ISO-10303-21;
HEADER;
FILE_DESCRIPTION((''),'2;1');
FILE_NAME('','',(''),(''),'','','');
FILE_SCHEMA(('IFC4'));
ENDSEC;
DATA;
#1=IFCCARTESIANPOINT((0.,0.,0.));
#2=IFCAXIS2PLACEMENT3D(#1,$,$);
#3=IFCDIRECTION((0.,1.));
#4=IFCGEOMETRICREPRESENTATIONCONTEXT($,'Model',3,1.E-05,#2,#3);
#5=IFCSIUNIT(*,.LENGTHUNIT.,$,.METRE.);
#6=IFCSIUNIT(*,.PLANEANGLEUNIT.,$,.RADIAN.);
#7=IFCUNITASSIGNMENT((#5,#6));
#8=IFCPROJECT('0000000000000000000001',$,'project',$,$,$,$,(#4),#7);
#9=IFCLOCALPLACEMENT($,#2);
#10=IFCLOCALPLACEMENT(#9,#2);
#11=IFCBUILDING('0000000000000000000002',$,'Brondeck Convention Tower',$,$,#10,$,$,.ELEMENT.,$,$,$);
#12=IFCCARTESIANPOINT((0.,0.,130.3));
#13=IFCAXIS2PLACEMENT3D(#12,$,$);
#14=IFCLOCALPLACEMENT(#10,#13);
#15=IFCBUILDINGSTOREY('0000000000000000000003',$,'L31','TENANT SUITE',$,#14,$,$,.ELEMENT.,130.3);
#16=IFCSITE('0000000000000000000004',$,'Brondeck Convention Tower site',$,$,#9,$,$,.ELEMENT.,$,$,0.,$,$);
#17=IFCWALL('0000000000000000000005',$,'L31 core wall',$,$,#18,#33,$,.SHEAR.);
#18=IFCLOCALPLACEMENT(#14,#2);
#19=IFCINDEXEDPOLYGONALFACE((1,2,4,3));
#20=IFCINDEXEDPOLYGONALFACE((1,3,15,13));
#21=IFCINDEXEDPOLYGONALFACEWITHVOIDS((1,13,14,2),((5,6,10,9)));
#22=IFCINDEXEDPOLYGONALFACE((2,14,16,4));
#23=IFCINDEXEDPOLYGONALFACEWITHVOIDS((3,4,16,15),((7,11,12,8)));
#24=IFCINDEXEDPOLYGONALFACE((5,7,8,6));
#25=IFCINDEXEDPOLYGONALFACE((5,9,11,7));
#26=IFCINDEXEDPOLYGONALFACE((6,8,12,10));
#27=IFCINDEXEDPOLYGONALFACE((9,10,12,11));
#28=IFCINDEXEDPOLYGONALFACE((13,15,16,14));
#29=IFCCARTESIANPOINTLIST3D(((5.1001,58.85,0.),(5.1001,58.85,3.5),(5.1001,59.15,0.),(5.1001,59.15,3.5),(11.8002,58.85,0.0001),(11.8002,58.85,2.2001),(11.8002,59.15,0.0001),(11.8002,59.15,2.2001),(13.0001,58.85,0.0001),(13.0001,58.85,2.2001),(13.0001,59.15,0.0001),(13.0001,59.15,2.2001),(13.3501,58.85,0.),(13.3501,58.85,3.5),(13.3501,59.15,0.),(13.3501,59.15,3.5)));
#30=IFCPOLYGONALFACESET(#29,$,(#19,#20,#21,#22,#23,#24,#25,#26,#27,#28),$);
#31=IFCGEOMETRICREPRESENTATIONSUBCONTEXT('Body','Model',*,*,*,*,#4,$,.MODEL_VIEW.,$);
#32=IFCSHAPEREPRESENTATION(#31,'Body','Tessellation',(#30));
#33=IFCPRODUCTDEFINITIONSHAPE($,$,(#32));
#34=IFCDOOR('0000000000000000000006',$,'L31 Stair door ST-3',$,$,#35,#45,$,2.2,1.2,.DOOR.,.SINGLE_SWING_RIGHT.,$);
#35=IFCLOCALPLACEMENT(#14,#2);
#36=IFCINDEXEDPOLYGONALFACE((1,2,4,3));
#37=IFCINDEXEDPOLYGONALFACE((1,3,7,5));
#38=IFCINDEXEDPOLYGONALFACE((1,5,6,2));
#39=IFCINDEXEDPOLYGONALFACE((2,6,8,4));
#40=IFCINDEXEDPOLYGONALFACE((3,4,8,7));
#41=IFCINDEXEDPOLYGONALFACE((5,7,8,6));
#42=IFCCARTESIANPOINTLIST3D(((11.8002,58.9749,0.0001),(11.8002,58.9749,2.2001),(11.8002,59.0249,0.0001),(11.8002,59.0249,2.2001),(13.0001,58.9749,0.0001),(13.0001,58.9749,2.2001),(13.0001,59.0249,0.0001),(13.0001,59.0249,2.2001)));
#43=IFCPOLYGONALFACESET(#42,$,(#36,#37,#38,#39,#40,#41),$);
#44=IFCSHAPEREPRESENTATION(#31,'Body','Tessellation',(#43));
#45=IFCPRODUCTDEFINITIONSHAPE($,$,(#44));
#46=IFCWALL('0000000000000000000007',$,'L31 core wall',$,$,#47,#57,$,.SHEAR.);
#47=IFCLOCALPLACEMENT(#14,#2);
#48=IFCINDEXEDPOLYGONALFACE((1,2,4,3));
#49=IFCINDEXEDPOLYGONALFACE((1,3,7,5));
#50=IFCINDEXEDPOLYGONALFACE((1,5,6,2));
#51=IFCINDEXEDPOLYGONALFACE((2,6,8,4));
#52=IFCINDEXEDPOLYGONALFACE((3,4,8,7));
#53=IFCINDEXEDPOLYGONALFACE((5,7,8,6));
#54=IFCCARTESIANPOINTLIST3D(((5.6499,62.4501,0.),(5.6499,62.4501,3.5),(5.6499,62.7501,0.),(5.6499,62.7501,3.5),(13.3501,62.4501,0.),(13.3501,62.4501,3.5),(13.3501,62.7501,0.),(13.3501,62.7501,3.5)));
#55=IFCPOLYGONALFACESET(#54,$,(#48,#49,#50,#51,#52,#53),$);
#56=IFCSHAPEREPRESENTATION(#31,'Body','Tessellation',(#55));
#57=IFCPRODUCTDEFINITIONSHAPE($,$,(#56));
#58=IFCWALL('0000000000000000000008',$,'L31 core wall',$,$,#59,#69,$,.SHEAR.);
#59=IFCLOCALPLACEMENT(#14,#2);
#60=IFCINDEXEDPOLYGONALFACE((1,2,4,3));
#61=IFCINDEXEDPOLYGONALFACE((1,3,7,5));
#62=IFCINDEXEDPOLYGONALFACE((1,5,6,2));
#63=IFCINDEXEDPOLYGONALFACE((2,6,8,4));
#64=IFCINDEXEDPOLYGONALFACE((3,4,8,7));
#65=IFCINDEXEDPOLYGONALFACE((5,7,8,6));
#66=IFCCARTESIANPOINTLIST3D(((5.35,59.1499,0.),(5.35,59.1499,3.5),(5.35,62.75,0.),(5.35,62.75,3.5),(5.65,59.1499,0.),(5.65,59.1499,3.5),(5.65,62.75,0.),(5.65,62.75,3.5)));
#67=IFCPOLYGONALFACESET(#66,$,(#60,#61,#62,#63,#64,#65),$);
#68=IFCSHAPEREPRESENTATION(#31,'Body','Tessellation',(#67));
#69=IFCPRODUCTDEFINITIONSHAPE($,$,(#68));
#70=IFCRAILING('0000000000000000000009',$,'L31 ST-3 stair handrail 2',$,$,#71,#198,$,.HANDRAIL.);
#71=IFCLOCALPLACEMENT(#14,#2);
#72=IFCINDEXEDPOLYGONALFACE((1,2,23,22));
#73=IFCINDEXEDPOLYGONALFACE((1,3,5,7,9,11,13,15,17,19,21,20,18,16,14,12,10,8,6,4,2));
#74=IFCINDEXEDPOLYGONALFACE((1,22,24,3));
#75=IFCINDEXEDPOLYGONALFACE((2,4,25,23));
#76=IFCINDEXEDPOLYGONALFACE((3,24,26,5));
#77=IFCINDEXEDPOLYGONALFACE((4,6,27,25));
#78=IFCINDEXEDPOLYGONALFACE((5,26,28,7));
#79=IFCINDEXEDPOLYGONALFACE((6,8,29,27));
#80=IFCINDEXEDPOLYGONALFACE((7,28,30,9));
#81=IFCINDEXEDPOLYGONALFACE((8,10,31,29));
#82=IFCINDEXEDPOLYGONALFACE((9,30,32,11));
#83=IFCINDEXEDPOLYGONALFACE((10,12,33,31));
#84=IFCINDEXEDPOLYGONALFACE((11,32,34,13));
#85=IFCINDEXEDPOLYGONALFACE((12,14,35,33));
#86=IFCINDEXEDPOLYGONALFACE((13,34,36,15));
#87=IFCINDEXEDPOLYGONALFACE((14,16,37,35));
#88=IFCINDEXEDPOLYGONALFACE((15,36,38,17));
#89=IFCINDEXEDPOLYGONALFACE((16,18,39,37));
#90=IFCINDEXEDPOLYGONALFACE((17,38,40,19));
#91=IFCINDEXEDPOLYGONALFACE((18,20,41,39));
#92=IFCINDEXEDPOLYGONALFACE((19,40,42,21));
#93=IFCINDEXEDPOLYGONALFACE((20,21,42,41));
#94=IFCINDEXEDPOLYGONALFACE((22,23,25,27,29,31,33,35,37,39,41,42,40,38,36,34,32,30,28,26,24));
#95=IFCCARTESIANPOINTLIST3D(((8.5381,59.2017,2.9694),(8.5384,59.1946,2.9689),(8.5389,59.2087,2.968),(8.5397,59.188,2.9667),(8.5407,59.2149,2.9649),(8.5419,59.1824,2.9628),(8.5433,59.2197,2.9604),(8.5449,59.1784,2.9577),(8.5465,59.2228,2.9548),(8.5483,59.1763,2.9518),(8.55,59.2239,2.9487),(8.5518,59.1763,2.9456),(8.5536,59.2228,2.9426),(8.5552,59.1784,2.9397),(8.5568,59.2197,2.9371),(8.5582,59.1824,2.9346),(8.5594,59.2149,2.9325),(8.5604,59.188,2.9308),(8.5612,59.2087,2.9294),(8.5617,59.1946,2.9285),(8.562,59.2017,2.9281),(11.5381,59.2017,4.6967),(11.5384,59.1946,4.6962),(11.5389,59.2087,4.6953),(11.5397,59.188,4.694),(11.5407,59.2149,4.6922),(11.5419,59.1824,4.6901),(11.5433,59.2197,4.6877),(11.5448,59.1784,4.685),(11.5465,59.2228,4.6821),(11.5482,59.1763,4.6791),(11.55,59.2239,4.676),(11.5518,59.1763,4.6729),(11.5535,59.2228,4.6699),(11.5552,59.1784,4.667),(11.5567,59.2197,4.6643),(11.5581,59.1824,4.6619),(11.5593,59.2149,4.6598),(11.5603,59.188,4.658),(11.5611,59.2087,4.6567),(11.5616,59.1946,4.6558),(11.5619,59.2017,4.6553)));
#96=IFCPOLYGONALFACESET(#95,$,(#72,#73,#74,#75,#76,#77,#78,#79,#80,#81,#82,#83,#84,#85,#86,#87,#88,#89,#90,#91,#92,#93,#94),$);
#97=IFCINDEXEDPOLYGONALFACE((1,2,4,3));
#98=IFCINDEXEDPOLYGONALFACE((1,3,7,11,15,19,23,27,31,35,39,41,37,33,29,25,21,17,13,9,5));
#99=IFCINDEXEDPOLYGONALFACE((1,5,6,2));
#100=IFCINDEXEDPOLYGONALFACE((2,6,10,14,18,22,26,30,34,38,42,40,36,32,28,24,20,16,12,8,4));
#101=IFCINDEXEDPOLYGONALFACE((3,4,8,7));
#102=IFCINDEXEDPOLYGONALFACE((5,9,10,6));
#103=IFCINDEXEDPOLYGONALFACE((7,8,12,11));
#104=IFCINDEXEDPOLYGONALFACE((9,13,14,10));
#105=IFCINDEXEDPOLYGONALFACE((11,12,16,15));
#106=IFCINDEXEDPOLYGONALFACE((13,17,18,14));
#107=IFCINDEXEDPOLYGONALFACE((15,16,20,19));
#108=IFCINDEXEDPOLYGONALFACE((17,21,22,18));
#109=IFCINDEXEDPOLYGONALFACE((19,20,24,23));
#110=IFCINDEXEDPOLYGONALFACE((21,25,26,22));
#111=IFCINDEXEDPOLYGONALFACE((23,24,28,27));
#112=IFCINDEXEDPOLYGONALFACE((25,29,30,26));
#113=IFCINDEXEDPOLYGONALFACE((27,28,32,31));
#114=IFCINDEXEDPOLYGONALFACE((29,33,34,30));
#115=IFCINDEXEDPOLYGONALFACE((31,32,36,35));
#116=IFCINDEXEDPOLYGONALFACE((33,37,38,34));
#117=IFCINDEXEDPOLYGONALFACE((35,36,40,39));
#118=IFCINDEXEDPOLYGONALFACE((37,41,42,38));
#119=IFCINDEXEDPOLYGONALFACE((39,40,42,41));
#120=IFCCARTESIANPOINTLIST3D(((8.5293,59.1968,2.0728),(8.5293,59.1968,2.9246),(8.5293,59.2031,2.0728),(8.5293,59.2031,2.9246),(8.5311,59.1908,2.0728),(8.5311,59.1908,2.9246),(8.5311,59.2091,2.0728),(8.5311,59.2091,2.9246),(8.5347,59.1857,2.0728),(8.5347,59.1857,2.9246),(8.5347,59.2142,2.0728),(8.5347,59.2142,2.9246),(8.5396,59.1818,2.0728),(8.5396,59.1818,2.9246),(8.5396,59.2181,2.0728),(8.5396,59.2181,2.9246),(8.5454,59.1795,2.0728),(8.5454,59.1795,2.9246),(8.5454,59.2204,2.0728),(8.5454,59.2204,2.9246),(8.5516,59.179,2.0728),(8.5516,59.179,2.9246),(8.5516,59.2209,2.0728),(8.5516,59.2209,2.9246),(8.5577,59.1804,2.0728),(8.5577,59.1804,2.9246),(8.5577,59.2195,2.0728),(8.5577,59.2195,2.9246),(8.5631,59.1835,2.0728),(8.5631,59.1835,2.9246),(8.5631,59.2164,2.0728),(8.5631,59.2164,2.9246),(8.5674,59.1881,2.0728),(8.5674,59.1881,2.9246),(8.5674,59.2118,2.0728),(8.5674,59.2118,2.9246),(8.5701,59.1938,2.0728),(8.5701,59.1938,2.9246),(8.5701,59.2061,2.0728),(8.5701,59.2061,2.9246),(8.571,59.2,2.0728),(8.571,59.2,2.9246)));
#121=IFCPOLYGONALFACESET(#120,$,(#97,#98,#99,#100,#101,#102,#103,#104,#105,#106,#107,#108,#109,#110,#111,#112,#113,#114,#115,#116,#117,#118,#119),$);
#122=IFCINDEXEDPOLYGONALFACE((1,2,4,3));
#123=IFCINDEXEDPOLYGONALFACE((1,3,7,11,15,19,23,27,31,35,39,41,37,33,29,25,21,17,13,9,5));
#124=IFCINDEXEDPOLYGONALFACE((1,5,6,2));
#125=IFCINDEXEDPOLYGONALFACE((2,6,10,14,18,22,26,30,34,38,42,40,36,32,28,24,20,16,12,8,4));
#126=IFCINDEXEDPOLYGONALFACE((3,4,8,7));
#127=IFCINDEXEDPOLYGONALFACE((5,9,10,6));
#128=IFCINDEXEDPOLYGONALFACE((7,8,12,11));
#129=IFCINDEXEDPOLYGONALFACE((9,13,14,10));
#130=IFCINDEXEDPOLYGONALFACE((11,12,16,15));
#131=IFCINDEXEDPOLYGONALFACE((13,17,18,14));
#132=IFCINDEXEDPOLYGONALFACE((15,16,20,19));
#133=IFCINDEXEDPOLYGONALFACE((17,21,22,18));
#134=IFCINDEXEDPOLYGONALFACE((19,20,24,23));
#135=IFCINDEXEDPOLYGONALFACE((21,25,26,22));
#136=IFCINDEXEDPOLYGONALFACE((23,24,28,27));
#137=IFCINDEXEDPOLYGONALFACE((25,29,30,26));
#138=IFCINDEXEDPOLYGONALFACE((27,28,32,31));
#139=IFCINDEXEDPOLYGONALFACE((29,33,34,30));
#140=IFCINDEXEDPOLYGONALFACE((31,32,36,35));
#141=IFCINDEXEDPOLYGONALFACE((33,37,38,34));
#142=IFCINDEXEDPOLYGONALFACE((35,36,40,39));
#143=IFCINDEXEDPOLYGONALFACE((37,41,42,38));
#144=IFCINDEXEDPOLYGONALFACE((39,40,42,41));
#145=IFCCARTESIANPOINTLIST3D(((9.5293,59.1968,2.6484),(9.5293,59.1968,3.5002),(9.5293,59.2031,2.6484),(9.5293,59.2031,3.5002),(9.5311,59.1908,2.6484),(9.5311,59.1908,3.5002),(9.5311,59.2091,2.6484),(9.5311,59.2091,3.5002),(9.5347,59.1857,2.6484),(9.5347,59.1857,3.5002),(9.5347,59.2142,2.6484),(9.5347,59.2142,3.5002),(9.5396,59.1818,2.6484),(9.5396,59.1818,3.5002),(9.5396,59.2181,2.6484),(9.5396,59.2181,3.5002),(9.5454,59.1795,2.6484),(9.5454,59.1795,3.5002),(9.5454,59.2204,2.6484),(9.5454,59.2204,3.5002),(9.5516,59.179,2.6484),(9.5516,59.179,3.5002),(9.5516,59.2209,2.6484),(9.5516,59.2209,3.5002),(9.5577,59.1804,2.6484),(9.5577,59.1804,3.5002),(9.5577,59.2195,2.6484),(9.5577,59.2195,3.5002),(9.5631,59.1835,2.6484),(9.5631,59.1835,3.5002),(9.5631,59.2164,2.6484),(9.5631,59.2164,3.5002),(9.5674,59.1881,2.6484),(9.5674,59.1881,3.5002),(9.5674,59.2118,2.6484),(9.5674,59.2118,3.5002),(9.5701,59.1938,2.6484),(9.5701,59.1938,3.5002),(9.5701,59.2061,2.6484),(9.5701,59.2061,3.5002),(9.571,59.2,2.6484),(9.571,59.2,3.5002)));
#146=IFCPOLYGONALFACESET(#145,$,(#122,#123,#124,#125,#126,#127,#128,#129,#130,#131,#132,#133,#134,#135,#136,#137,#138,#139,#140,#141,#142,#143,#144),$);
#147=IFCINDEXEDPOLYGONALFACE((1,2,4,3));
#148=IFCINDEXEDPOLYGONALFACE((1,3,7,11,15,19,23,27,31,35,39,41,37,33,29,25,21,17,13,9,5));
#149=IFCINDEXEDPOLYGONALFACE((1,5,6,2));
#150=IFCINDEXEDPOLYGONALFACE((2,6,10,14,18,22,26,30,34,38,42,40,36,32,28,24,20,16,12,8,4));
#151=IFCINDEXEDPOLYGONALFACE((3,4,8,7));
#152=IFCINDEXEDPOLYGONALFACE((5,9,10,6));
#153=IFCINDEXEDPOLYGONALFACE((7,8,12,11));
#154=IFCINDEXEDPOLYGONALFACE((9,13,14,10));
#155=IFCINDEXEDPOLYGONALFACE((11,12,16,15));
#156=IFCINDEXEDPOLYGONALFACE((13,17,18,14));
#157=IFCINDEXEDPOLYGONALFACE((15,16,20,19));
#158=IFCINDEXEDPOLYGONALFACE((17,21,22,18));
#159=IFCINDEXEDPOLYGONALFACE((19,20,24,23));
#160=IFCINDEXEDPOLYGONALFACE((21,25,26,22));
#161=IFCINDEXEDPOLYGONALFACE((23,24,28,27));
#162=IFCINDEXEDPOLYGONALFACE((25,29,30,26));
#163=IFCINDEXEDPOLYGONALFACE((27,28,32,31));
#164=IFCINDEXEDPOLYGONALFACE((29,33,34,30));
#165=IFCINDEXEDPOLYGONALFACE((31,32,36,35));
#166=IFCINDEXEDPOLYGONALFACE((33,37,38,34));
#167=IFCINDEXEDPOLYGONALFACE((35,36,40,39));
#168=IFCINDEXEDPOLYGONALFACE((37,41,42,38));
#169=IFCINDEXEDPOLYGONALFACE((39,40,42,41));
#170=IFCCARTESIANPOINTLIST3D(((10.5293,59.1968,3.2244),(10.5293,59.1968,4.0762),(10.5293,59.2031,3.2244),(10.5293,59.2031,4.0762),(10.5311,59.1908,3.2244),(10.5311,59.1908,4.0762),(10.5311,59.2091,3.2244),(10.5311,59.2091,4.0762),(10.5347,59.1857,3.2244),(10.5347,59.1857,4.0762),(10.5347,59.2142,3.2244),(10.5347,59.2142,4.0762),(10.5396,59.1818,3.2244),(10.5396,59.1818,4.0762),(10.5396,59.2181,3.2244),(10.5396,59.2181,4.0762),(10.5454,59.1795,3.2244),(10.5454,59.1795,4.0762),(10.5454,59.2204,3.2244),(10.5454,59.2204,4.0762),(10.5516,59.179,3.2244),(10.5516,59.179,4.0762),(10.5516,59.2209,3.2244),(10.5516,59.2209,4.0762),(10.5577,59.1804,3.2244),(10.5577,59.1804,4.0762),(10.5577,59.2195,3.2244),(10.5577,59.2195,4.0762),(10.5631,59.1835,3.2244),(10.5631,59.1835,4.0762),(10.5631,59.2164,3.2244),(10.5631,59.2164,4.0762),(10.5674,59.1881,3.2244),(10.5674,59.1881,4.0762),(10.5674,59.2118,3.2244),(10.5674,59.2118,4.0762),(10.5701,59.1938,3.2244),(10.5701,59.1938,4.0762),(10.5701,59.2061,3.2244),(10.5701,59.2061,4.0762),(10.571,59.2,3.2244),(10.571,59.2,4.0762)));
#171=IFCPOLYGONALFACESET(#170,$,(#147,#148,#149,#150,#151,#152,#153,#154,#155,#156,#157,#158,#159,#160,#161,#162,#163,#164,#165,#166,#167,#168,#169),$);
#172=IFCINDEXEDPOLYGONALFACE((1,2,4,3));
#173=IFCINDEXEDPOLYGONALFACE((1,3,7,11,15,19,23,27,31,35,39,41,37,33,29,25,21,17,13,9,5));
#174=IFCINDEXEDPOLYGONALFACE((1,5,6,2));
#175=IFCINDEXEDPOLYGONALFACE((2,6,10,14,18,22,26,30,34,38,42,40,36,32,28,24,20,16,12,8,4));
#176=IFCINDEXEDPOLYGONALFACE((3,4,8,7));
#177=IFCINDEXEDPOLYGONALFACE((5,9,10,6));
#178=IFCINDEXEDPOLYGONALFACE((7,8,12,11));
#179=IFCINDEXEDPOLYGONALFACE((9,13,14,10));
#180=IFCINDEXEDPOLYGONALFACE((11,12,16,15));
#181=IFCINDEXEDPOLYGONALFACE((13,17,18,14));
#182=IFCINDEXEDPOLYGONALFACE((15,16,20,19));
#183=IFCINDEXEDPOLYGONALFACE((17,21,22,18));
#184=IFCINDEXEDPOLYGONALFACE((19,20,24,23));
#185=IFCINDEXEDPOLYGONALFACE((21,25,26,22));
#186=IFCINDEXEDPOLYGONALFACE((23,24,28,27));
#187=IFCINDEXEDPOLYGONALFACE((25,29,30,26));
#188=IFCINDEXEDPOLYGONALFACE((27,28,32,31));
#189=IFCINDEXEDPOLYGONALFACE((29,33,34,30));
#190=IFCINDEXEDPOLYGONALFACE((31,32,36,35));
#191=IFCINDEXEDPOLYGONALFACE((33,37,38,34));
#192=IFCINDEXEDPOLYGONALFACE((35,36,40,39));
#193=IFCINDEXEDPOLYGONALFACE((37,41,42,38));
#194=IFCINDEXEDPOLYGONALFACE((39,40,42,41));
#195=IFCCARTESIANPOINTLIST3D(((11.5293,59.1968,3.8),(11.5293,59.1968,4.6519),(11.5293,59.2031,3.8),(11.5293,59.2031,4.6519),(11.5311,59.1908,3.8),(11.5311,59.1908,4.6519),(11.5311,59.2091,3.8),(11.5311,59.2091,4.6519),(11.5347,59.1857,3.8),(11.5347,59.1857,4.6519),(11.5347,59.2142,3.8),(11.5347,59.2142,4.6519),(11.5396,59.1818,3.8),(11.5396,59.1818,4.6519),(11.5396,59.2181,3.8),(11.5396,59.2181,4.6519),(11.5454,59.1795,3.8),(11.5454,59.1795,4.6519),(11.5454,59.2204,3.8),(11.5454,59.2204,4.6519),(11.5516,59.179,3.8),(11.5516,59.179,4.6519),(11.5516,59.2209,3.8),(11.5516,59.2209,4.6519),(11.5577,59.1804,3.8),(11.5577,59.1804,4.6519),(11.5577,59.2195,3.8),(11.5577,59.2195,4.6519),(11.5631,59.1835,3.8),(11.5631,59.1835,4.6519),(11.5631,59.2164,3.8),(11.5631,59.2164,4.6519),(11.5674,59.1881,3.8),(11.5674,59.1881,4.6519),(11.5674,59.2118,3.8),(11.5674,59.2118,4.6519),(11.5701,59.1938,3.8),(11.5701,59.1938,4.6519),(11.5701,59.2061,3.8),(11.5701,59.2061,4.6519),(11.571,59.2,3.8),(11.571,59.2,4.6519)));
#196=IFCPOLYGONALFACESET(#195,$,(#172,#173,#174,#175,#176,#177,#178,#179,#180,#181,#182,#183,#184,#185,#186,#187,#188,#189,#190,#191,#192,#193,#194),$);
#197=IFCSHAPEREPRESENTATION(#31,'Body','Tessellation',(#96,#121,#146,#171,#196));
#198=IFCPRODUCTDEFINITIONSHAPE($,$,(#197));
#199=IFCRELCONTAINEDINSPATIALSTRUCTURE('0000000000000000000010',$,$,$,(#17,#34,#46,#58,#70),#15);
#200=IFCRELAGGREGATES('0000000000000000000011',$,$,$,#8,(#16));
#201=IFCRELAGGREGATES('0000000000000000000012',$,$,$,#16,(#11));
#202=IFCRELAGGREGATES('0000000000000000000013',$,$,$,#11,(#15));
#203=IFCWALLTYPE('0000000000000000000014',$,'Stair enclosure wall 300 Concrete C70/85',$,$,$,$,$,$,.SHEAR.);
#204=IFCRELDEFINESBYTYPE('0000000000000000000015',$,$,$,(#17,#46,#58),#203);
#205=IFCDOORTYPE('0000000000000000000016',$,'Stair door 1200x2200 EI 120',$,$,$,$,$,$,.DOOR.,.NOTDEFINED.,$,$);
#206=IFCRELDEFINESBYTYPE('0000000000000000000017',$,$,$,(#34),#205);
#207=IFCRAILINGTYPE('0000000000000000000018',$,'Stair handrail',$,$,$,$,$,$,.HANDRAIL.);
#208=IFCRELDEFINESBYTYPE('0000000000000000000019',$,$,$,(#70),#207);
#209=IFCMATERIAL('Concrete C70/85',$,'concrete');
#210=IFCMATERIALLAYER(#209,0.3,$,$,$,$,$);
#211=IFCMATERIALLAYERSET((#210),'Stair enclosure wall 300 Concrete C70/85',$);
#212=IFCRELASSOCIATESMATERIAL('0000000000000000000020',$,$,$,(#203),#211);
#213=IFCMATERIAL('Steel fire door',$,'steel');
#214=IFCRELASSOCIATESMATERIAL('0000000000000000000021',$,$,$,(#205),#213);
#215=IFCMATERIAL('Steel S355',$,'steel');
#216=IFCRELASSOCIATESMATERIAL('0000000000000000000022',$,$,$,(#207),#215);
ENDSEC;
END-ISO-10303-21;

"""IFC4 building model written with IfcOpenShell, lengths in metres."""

from ifc_helpers import new_model, si_unit, direction, frame, frame_2d, origin, origin_2d, place, context, subcontext, project, spatial, rectangle, circle, extrude, material, layer, layer_set, type_object, element, fill, save


model = new_model("IFC4")

# Units and contexts
model_context = context("Model", 3, precision=1e-05, world=origin(), true_north=direction((0.0, 1.0)))
body_context = subcontext(model_context, "Body", "Model", "MODEL_VIEW")
ifc_project = project(units=[si_unit("LENGTHUNIT", "METRE"), si_unit("PLANEANGLEUNIT", "RADIAN")], contexts=[model_context])

# Site, building, storey
site_placement = place(None, origin())
site = spatial("IfcSite", under=ifc_project, at=site_placement, Name="Brondeck Convention Tower site", CompositionType="ELEMENT", RefElevation=0.0)
building_placement = place(site_placement, origin())
building = spatial("IfcBuilding", under=site, at=building_placement, Name="Brondeck Convention Tower", CompositionType="ELEMENT")
storey_placement = place(building_placement, frame((0.0, 0.0, 130.3)))
storey = spatial("IfcBuildingStorey", under=building, at=storey_placement, Name="L31", Description="TENANT SUITE", CompositionType="ELEMENT", Elevation=130.3)

# Shared definitions
ifc_material_1 = material(Name="Concrete C70/85", Category="concrete")

# Shared definitions
ifc_material_2 = material(Name="Steel fire door", Category="steel")

# Wall, opening, door
ifc_layer_1 = layer(ifc_material_1, 0.3)
ifc_layer_set_1 = layer_set([ifc_layer_1], Name="Stair enclosure wall 300 Concrete C70/85")
wall_type_1 = type_object("IfcWallType", Name="Stair enclosure wall 300 Concrete C70/85", PredefinedType="SHEAR", material=ifc_layer_set_1)
wall_1_placement = place(storey_placement, frame((5.1001, 59.0, 0.0), z_axis=(0.0, 0.0, 1.0), x_axis=(1.0, 0.0, 0.0)))
wall_1 = element("IfcWall", 1, at=wall_1_placement, inside=storey, type_object=wall_type_1, Name="L31 core wall", PredefinedType="SHEAR", context=body_context, shape_type="SweptSolid", body=[
    extrude(rectangle(XDim=8.25, YDim=0.3, at=frame_2d((4.125, 0.0))), origin(), (0.0, 0.0, 1.0), 3.5),
])
opening_1_placement = place(wall_1_placement, frame((6.7, 0.0, 0.0)))
opening_1 = element("IfcOpeningElement", 2, at=opening_1_placement, cuts=wall_1, PredefinedType="OPENING", context=body_context, shape_type="SweptSolid", body=[
    extrude(rectangle(XDim=1.2, YDim=2.2, at=frame_2d((0.6001, 1.1001))), frame((0.0, 0.1599, 0.0), z_axis=(0.0, -1.0, 0.0), x_axis=(1.0, 0.0, 0.0)), (0.0, 0.0, 1.0), 0.3201),
])
door_type_1 = type_object("IfcDoorType", Name="Stair door 1200x2200 EI 120", OperationType="NOTDEFINED", PredefinedType="DOOR", material=ifc_material_2)
door_1_placement = place(opening_1_placement, origin())
door_1 = element("IfcDoor", 3, at=door_1_placement, inside=storey, type_object=door_type_1, Name="L31 Stair door ST-3", OperationType="SINGLE_SWING_RIGHT", OverallHeight=2.2, OverallWidth=1.2, PredefinedType="DOOR", context=body_context, shape_type="SweptSolid", body=[
    extrude(rectangle(XDim=1.2, YDim=2.2, at=frame_2d((0.6001, 1.1001))), frame((0.0, 0.0249, 0.0), z_axis=(0.0, -1.0, 0.0), x_axis=(1.0, 0.0, 0.0)), (0.0, 0.0, 1.0), 0.05),
])
fill(opening_1, door_1)

# Walls
wall_2_placement = place(storey_placement, frame((5.6499, 62.6001, 0.0), z_axis=(0.0, 0.0, 1.0), x_axis=(1.0, 0.0, 0.0)))
element("IfcWall", 4, at=wall_2_placement, inside=storey, type_object=wall_type_1, Name="L31 core wall", PredefinedType="SHEAR", context=body_context, shape_type="SweptSolid", body=[
    extrude(rectangle(XDim=7.7002, YDim=0.3, at=frame_2d((3.8501, 0.0))), origin(), (0.0, 0.0, 1.0), 3.5),
])
wall_3_placement = place(storey_placement, frame((5.5, 59.1499, 0.0), z_axis=(0.0, 0.0, 1.0), x_axis=(0.0, 1.0, 0.0)))
element("IfcWall", 5, at=wall_3_placement, inside=storey, type_object=wall_type_1, Name="L31 core wall", PredefinedType="SHEAR", context=body_context, shape_type="SweptSolid", body=[
    extrude(rectangle(XDim=3.6001, YDim=0.3, at=frame_2d((1.8, 0.0))), origin(), (0.0, 0.0, 1.0), 3.5),
])

# Railing
ifc_material_3 = material(Name="Steel S355", Category="steel")
railing_type = type_object("IfcRailingType", Name="Stair handrail", PredefinedType="HANDRAIL", material=ifc_material_3)
railing_placement = place(storey_placement, frame((8.55, 59.2, 2.0728)))
element("IfcRailing", 6, at=railing_placement, inside=storey, type_object=railing_type, Name="L31 ST-3 stair handrail 2", PredefinedType="HANDRAIL", context=body_context, shape_type="SweptSolid", body=[
    extrude(circle(Radius=0.0239, at=origin_2d()), frame((0.0, 0.0, 0.876), z_axis=(0.86662, 0.0, 0.498969), x_axis=(0.0, 1.0, 0.0)), (0.0, 0.0, 1.0), 3.4617),
    extrude(circle(Radius=0.021, at=origin_2d()), origin(), (0.0, 0.0, 1.0), 0.8518),
    extrude(circle(Radius=0.021, at=origin_2d()), frame((1.0, 0.0, 0.5757)), (0.0, 0.0, 1.0), 0.8518),
    extrude(circle(Radius=0.021, at=origin_2d()), frame((2.0, 0.0, 1.1516)), (0.0, 0.0, 1.0), 0.8518),
    extrude(circle(Radius=0.021, at=origin_2d()), frame((3.0, 0.0, 1.7273)), (0.0, 0.0, 1.0), 0.8518),
])

save(model, "model.ifc")
